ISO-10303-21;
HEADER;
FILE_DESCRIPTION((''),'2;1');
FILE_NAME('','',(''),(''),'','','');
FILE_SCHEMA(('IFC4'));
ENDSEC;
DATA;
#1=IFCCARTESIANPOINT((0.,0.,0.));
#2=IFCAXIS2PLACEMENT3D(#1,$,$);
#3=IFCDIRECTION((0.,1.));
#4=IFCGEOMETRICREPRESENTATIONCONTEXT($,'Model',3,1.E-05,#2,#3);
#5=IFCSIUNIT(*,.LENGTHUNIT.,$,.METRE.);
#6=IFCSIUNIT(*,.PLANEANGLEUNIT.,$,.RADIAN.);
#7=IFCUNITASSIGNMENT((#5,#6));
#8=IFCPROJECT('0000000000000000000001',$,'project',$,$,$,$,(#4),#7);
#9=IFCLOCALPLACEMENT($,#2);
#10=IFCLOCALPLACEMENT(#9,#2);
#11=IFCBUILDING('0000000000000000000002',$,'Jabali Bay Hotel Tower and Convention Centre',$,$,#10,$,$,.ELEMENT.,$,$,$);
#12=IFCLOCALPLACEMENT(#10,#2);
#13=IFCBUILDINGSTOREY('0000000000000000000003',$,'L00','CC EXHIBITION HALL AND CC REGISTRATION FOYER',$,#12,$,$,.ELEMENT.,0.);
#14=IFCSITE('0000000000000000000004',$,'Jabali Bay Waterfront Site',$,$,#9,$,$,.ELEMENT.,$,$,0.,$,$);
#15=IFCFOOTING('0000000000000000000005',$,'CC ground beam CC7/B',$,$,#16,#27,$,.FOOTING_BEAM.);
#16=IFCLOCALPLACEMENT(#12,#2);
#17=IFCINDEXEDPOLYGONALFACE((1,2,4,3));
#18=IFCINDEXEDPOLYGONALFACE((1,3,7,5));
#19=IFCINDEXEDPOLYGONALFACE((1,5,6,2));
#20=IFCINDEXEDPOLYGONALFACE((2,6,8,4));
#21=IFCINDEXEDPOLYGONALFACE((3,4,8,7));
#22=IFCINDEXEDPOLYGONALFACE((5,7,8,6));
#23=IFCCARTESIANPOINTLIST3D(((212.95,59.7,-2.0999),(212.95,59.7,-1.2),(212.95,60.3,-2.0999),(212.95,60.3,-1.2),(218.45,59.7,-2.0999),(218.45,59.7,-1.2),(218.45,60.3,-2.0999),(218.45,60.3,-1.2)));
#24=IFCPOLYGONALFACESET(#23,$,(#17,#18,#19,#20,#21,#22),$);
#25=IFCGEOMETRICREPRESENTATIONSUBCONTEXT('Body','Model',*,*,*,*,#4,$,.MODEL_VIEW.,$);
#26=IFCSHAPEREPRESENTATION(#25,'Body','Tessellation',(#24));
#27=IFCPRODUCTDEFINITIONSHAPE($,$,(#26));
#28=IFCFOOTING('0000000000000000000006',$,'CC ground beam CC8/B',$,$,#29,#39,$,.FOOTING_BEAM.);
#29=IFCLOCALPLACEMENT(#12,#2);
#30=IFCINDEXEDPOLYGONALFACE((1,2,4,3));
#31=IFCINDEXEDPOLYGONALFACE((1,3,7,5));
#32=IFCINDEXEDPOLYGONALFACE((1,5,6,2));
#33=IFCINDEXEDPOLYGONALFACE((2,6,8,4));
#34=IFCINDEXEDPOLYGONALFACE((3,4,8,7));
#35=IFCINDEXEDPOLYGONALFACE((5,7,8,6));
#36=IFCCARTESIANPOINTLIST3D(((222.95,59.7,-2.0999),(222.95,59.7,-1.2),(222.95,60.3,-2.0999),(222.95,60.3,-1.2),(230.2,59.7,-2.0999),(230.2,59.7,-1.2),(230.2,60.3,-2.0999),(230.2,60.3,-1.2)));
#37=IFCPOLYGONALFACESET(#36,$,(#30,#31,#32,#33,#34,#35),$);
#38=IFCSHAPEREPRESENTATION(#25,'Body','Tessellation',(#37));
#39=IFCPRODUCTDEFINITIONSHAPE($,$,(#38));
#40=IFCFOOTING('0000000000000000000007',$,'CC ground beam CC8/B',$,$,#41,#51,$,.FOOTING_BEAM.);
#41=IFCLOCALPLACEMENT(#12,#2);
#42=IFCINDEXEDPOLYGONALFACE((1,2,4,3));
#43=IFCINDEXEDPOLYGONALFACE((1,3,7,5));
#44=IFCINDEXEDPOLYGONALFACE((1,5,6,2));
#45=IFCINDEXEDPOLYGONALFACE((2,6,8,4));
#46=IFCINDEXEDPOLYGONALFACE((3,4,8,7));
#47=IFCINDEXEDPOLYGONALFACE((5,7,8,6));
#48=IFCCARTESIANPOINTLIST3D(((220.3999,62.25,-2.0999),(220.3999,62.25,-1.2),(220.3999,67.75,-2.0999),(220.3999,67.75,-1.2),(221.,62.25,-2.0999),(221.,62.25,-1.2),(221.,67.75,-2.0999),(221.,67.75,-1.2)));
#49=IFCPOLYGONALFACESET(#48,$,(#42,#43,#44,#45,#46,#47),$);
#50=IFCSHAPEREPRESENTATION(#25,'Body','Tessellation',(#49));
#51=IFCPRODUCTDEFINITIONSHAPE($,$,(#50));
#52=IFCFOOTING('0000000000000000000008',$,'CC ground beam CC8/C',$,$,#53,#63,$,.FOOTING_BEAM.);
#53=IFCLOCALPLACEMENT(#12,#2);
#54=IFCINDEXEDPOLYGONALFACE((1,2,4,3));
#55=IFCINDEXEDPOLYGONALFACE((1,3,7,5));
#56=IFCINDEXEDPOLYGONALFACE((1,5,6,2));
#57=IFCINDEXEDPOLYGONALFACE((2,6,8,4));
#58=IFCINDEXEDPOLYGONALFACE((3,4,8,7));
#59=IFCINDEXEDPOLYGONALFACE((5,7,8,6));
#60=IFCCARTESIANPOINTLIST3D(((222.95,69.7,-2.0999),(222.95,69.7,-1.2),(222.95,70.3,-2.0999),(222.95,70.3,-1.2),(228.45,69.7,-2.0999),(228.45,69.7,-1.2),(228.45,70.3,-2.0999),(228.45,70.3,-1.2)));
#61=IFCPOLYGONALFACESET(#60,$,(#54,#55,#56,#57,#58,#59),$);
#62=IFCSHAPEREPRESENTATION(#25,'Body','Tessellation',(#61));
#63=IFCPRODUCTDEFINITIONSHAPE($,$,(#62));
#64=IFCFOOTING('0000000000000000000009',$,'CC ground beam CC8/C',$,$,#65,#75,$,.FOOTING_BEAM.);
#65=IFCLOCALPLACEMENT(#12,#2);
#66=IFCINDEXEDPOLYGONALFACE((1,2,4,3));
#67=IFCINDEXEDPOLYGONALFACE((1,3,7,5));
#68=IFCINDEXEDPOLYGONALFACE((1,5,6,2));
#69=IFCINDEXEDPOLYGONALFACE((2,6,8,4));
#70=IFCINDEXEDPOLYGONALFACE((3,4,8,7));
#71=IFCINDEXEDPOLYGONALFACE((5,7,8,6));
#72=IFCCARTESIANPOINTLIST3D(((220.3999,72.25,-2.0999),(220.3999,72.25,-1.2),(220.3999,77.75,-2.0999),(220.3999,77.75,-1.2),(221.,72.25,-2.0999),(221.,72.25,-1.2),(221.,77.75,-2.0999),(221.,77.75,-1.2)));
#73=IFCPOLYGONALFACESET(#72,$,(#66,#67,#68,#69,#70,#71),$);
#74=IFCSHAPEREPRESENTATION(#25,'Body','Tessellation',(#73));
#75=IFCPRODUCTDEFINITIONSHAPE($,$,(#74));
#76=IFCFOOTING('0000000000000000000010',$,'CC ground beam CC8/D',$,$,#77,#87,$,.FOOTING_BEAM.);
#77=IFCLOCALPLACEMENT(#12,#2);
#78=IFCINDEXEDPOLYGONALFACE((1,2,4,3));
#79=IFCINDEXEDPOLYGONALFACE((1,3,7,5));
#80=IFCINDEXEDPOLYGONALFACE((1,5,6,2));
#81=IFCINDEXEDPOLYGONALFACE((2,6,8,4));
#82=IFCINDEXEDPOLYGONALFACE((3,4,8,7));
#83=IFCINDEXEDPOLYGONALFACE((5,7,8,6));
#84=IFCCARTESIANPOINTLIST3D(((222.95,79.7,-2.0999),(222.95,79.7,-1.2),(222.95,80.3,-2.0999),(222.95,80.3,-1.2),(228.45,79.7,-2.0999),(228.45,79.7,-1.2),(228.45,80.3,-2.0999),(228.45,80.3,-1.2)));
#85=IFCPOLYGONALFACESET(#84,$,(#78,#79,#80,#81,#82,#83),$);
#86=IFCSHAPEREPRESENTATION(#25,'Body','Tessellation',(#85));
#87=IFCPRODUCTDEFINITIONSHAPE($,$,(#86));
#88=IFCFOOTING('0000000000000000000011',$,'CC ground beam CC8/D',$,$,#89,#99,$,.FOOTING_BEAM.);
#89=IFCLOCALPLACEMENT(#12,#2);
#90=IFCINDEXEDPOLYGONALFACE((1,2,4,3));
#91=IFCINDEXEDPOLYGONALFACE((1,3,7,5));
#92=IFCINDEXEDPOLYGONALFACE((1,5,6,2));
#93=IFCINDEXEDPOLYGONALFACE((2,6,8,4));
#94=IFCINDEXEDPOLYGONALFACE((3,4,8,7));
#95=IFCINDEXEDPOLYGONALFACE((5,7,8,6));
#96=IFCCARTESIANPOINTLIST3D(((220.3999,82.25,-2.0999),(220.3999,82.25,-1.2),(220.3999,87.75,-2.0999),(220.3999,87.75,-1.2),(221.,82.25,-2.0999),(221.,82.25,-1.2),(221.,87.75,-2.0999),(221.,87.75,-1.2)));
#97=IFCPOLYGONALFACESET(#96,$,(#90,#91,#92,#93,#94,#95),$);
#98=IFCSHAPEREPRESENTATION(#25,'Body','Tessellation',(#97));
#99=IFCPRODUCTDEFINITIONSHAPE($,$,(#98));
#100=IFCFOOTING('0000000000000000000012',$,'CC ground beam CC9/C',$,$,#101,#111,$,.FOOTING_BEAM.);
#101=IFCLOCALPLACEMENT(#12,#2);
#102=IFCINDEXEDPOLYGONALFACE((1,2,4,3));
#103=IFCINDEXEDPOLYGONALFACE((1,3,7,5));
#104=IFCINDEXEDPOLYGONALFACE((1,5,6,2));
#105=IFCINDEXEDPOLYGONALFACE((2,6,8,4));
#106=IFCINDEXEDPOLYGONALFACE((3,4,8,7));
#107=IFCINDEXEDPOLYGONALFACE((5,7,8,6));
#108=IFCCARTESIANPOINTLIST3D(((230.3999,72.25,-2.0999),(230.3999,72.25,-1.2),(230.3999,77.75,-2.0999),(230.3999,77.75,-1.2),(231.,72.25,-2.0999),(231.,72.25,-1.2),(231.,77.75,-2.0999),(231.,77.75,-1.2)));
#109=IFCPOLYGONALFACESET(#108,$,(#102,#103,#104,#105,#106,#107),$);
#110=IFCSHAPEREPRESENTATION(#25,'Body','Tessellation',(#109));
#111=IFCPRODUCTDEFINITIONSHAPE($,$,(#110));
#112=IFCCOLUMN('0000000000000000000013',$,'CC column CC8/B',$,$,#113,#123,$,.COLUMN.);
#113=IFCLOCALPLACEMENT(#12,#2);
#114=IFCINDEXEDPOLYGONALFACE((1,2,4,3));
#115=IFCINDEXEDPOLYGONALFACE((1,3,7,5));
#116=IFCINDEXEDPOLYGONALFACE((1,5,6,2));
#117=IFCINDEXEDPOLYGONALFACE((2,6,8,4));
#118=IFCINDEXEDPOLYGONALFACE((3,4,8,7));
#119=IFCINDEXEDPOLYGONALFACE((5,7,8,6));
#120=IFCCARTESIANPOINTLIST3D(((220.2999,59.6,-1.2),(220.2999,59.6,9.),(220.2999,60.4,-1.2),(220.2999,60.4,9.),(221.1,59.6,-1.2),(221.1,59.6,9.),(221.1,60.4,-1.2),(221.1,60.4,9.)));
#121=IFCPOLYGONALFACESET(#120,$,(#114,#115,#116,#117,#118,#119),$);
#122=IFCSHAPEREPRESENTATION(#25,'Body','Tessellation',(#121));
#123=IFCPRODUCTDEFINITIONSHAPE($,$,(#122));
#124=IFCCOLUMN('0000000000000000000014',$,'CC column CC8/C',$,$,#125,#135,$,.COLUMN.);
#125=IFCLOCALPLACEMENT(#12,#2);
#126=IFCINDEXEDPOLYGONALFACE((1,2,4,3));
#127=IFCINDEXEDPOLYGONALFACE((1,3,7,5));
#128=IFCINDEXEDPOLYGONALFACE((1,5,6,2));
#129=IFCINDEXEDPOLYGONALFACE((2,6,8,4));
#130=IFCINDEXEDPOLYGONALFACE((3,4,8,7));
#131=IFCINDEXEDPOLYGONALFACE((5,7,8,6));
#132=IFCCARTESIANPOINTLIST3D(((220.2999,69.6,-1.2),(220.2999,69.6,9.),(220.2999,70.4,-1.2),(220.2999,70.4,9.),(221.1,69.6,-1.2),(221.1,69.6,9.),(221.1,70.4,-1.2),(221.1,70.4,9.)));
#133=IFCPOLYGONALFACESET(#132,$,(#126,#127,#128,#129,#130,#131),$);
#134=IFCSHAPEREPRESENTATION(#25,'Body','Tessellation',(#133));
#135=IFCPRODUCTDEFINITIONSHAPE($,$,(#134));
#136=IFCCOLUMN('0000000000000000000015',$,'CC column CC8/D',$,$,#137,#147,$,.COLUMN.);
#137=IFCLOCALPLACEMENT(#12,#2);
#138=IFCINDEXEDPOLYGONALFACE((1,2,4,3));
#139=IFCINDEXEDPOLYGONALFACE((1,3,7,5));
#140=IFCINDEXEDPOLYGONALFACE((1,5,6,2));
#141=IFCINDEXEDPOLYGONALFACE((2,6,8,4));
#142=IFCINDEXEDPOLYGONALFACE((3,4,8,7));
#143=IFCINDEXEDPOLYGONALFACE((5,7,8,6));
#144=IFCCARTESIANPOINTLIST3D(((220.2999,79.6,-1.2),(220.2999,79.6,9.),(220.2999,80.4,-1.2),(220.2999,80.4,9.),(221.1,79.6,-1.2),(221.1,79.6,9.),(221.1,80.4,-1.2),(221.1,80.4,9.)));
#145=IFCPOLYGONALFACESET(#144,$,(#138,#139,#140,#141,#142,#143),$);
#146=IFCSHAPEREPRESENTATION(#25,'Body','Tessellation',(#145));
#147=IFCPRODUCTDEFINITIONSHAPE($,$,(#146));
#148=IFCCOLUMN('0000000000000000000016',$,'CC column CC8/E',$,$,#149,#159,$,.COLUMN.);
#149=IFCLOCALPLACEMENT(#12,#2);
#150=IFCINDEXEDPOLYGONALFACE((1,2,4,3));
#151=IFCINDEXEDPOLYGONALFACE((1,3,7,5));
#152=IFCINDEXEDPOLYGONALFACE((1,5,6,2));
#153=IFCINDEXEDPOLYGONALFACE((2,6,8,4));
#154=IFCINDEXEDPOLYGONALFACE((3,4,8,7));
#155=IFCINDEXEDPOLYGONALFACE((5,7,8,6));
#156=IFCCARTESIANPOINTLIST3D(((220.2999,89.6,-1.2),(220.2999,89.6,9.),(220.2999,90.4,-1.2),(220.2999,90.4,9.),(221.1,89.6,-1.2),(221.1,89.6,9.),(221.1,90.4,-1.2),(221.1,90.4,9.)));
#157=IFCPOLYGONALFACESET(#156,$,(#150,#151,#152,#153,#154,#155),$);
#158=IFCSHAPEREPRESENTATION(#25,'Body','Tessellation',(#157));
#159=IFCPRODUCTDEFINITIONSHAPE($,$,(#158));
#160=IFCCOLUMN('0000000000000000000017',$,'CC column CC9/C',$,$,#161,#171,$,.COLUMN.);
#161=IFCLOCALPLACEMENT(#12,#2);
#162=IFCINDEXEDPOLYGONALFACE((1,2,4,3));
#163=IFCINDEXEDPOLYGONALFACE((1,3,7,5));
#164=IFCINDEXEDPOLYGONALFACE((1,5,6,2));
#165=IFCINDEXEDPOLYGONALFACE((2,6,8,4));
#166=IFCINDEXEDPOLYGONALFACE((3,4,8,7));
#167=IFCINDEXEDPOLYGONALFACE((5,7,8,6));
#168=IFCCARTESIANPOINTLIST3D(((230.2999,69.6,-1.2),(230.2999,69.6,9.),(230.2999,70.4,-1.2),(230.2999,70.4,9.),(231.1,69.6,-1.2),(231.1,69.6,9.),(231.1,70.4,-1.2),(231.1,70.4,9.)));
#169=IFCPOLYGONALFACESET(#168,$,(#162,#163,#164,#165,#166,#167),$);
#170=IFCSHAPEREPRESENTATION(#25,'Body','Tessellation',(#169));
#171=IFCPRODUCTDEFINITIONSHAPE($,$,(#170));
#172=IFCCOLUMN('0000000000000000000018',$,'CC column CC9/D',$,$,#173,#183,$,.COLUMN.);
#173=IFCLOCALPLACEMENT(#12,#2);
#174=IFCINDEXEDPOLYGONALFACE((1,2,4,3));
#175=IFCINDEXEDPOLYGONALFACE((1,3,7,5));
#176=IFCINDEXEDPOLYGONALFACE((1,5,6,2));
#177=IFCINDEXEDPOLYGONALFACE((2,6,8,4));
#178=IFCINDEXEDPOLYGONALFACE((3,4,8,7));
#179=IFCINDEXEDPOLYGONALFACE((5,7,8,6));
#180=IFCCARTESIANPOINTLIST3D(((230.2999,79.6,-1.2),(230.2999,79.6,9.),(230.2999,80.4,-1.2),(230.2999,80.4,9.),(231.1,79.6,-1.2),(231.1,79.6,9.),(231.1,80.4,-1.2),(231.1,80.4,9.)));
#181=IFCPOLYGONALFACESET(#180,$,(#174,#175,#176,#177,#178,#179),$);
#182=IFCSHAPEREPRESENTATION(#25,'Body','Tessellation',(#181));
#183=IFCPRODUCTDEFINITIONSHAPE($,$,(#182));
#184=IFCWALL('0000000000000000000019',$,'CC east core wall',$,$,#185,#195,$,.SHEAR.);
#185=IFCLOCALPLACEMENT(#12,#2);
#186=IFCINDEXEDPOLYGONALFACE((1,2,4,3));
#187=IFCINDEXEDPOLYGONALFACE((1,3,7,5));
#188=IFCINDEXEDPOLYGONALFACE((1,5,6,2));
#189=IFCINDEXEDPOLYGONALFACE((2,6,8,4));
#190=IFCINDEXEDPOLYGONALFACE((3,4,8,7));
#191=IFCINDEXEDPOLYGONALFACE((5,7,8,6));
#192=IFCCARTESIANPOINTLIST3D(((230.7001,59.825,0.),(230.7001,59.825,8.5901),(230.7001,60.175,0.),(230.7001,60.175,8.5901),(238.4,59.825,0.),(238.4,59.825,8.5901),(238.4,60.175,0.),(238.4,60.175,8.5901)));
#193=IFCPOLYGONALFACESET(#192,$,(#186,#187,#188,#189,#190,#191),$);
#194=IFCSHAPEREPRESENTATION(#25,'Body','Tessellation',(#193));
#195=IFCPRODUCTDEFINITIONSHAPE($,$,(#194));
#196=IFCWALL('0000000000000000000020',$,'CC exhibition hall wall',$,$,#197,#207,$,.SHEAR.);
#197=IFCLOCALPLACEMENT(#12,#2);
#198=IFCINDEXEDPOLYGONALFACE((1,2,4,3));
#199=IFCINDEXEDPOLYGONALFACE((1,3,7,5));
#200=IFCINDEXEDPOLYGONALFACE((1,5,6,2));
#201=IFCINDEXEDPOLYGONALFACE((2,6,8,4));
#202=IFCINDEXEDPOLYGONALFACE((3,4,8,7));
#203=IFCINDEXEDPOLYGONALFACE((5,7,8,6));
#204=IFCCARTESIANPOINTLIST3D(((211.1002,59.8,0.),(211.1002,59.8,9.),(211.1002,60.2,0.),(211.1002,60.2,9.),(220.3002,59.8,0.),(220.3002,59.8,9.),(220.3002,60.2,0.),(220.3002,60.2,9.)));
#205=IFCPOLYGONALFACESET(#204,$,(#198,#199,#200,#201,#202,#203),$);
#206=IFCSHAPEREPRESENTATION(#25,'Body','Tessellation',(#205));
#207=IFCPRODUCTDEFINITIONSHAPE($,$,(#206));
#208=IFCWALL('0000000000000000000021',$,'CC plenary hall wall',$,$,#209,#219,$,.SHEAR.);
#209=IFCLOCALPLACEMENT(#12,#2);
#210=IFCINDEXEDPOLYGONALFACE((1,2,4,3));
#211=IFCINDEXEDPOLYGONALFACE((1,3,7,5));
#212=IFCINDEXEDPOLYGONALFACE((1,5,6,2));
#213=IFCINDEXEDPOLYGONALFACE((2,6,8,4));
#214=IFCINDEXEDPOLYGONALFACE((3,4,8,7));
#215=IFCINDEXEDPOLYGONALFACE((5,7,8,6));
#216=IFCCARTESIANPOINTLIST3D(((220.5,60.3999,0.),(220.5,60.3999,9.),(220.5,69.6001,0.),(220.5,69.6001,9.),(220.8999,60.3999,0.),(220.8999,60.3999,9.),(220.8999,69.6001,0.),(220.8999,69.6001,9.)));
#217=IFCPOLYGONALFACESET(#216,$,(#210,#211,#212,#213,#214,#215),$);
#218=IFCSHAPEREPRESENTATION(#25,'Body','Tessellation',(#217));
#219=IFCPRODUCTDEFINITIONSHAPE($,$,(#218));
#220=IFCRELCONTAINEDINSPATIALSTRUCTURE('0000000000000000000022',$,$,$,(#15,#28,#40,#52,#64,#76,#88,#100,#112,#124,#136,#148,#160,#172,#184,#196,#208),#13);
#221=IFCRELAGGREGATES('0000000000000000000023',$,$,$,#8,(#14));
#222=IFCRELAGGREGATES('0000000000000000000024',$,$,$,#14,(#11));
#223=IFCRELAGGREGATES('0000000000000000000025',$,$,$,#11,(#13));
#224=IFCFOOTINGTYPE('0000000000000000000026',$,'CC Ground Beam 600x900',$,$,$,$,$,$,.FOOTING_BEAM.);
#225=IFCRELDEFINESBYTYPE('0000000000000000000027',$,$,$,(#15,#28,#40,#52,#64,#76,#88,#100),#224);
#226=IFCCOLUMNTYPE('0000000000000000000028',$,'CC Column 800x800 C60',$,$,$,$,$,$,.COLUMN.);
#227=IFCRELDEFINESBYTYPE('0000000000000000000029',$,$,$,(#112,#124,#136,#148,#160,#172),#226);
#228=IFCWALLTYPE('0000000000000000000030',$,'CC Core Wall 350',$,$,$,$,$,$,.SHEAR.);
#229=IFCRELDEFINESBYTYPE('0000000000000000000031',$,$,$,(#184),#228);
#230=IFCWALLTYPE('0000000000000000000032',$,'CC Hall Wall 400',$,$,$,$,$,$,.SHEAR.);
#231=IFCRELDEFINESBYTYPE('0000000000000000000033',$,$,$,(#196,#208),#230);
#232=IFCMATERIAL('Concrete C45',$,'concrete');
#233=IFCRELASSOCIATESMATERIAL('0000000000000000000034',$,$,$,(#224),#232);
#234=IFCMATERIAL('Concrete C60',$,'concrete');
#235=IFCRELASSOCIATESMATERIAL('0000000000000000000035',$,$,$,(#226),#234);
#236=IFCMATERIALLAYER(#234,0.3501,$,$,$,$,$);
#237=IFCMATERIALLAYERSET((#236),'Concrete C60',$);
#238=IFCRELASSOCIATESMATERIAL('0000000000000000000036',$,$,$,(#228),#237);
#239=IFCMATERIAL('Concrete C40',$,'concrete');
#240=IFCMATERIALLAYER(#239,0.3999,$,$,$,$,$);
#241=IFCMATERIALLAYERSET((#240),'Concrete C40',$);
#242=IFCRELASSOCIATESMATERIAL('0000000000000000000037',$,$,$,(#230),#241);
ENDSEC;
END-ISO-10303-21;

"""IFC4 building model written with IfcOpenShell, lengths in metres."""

from ifc_helpers import new_model, si_unit, direction, frame, frame_2d, origin, origin_2d, place, context, subcontext, project, spatial, rectangle, extrude, material, layer, layer_set, material_profile, profile_set, type_object, element, save


model = new_model("IFC4")

# Units and contexts
model_context = context("Model", 3, precision=1e-05, world=origin(), true_north=direction((0.0, 1.0)))
body_context = subcontext(model_context, "Body", "Model", "MODEL_VIEW")
ifc_project = project(units=[si_unit("LENGTHUNIT", "METRE"), si_unit("PLANEANGLEUNIT", "RADIAN")], contexts=[model_context])

# Site, building, storey
site_placement = place(None, origin())
site = spatial("IfcSite", under=ifc_project, at=site_placement, Name="Jabali Bay Waterfront Site", CompositionType="ELEMENT", RefElevation=0.0)
building_placement = place(site_placement, origin())
building = spatial("IfcBuilding", under=site, at=building_placement, Name="Jabali Bay Hotel Tower and Convention Centre", CompositionType="ELEMENT")
storey_placement = place(building_placement, origin())
storey = spatial("IfcBuildingStorey", under=building, at=storey_placement, Name="L00", Description="CC EXHIBITION HALL AND CC REGISTRATION FOYER", CompositionType="ELEMENT", Elevation=0.0)

# Shared definitions
ifc_material_1 = material(Name="Concrete C45", Category="concrete")

# Footings
ifc_material_profile_1 = material_profile(ifc_material_1, rectangle(XDim=0.6001, YDim=0.8999, at=origin_2d()), Name="RC 600x900")
ifc_profile_set_1 = profile_set([ifc_material_profile_1], Name="Concrete C45")
footing_type = type_object("IfcFootingType", Name="CC Ground Beam 600x900", PredefinedType="FOOTING_BEAM", material=ifc_profile_set_1)
footing_1_placement = place(storey_placement, frame((212.95, 60.0, -1.6499), z_axis=(1.0, 0.0, 0.0), x_axis=(0.0, 1.0, 0.0)))
element("IfcFooting", 1, at=footing_1_placement, inside=storey, type_object=footing_type, Name="CC ground beam CC7/B", PredefinedType="FOOTING_BEAM", context=body_context, shape_type="SweptSolid", body=[
    extrude(rectangle(XDim=0.6001, YDim=0.8999, at=origin_2d()), origin(), (0.0, 0.0, 1.0), 5.5),
])
footing_2_placement = place(storey_placement, frame((222.95, 60.0, -1.6499), z_axis=(1.0, 0.0, 0.0), x_axis=(0.0, 1.0, 0.0)))
element("IfcFooting", 2, at=footing_2_placement, inside=storey, type_object=footing_type, Name="CC ground beam CC8/B", PredefinedType="FOOTING_BEAM", context=body_context, shape_type="SweptSolid", body=[
    extrude(rectangle(XDim=0.6001, YDim=0.8999, at=origin_2d()), origin(), (0.0, 0.0, 1.0), 7.25),
])
for number, where, z_axis, x_axis, name in (
    (3, (220.7, 62.25, -1.6499), (0.0, 1.0, 0.0), (-1.0, 0.0, 0.0), "CC ground beam CC8/B"),
    (4, (222.95, 70.0, -1.6499), (1.0, 0.0, 0.0), (0.0, 1.0, 0.0), "CC ground beam CC8/C"),
    (5, (220.7, 72.25, -1.6499), (0.0, 1.0, 0.0), (-1.0, 0.0, 0.0), "CC ground beam CC8/C"),
    (6, (222.95, 80.0, -1.6499), (1.0, 0.0, 0.0), (0.0, 1.0, 0.0), "CC ground beam CC8/D"),
    (7, (220.7, 82.25, -1.6499), (0.0, 1.0, 0.0), (-1.0, 0.0, 0.0), "CC ground beam CC8/D"),
    (8, (230.7, 72.25, -1.6499), (0.0, 1.0, 0.0), (-1.0, 0.0, 0.0), "CC ground beam CC9/C"),
):
    element("IfcFooting", number, at=place(storey_placement, frame(where, z_axis=z_axis, x_axis=x_axis)), inside=storey, type_object=footing_type, Name=name, PredefinedType="FOOTING_BEAM", context=body_context, shape_type="SweptSolid", body=[
        extrude(rectangle(XDim=0.6001, YDim=0.8999, at=origin_2d()), origin(), (0.0, 0.0, 1.0), 5.5),
    ])

# Columns
ifc_material_2 = material(Name="Concrete C60", Category="concrete")
ifc_material_profile_2 = material_profile(ifc_material_2, rectangle(XDim=0.8, YDim=0.8, at=origin_2d()), Name="RC 800x800")
ifc_profile_set_2 = profile_set([ifc_material_profile_2], Name="Concrete C60")
column_type = type_object("IfcColumnType", Name="CC Column 800x800 C60", PredefinedType="COLUMN", material=ifc_profile_set_2)
for number, where, z_axis, x_axis, name in (
    (9, (220.7, 60.0, -1.2), (0.0, 0.0, 1.0), (1.0, 0.0, 0.0), "CC column CC8/B"),
    (10, (220.7, 70.0, -1.2), (0.0, 0.0, 1.0), (1.0, 0.0, 0.0), "CC column CC8/C"),
    (11, (220.7, 80.0, -1.2), (0.0, 0.0, 1.0), (1.0, 0.0, 0.0), "CC column CC8/D"),
    (12, (220.7, 90.0, -1.2), (0.0, 0.0, 1.0), (1.0, 0.0, 0.0), "CC column CC8/E"),
    (13, (230.7, 70.0, -1.2), (0.0, 0.0, 1.0), (1.0, 0.0, 0.0), "CC column CC9/C"),
    (14, (230.7, 80.0, -1.2), (0.0, 0.0, 1.0), (1.0, 0.0, 0.0), "CC column CC9/D"),
):
    element("IfcColumn", number, at=place(storey_placement, frame(where, z_axis=z_axis, x_axis=x_axis)), inside=storey, type_object=column_type, Name=name, PredefinedType="COLUMN", context=body_context, shape_type="SweptSolid", body=[
        extrude(rectangle(XDim=0.8, YDim=0.8, at=origin_2d()), origin(), (0.0, 0.0, 1.0), 10.2),
    ])

# Walls
ifc_layer_1 = layer(ifc_material_2, 0.3501)
ifc_layer_set_1 = layer_set([ifc_layer_1], Name="Concrete C60")
wall_type_1 = type_object("IfcWallType", Name="CC Core Wall 350", PredefinedType="SHEAR", material=ifc_layer_set_1)
wall_1_placement = place(storey_placement, frame((230.7, 60.0, 0.0), z_axis=(0.0, 0.0, 1.0), x_axis=(1.0, 0.0, 0.0)))
element("IfcWall", 15, at=wall_1_placement, inside=storey, type_object=wall_type_1, Name="CC east core wall", PredefinedType="SHEAR", context=body_context, shape_type="SweptSolid", body=[
    extrude(rectangle(XDim=7.7, YDim=0.3501, at=frame_2d((3.8501, 0.0))), origin(), (0.0, 0.0, 1.0), 8.5901),
])
ifc_material_3 = material(Name="Concrete C40", Category="concrete")
ifc_layer_2 = layer(ifc_material_3, 0.3999)
ifc_layer_set_2 = layer_set([ifc_layer_2], Name="Concrete C40")
wall_type_2 = type_object("IfcWallType", Name="CC Hall Wall 400", PredefinedType="SHEAR", material=ifc_layer_set_2)
wall_2_placement = place(storey_placement, frame((211.1001, 60.0, 0.0), z_axis=(0.0, 0.0, 1.0), x_axis=(1.0, 0.0, 0.0)))
element("IfcWall", 16, at=wall_2_placement, inside=storey, type_object=wall_type_2, Name="CC exhibition hall wall", PredefinedType="SHEAR", context=body_context, shape_type="SweptSolid", body=[
    extrude(rectangle(XDim=9.2, YDim=0.3999, at=frame_2d((4.6001, 0.0))), origin(), (0.0, 0.0, 1.0), 9.0),
])
for number, where, z_axis, x_axis, name in (
    (17, (220.7, 60.3999, 0.0), (0.0, 0.0, 1.0), (0.0, 1.0, 0.0), "CC plenary hall wall"),
):
    element("IfcWall", number, at=place(storey_placement, frame(where, z_axis=z_axis, x_axis=x_axis)), inside=storey, type_object=wall_type_2, Name=name, PredefinedType="SHEAR", context=body_context, shape_type="SweptSolid", body=[
        extrude(rectangle(XDim=9.2002, YDim=0.3999, at=frame_2d((4.6001, 0.0))), origin(), (0.0, 0.0, 1.0), 9.0),
    ])

save(model, "model.ifc")
